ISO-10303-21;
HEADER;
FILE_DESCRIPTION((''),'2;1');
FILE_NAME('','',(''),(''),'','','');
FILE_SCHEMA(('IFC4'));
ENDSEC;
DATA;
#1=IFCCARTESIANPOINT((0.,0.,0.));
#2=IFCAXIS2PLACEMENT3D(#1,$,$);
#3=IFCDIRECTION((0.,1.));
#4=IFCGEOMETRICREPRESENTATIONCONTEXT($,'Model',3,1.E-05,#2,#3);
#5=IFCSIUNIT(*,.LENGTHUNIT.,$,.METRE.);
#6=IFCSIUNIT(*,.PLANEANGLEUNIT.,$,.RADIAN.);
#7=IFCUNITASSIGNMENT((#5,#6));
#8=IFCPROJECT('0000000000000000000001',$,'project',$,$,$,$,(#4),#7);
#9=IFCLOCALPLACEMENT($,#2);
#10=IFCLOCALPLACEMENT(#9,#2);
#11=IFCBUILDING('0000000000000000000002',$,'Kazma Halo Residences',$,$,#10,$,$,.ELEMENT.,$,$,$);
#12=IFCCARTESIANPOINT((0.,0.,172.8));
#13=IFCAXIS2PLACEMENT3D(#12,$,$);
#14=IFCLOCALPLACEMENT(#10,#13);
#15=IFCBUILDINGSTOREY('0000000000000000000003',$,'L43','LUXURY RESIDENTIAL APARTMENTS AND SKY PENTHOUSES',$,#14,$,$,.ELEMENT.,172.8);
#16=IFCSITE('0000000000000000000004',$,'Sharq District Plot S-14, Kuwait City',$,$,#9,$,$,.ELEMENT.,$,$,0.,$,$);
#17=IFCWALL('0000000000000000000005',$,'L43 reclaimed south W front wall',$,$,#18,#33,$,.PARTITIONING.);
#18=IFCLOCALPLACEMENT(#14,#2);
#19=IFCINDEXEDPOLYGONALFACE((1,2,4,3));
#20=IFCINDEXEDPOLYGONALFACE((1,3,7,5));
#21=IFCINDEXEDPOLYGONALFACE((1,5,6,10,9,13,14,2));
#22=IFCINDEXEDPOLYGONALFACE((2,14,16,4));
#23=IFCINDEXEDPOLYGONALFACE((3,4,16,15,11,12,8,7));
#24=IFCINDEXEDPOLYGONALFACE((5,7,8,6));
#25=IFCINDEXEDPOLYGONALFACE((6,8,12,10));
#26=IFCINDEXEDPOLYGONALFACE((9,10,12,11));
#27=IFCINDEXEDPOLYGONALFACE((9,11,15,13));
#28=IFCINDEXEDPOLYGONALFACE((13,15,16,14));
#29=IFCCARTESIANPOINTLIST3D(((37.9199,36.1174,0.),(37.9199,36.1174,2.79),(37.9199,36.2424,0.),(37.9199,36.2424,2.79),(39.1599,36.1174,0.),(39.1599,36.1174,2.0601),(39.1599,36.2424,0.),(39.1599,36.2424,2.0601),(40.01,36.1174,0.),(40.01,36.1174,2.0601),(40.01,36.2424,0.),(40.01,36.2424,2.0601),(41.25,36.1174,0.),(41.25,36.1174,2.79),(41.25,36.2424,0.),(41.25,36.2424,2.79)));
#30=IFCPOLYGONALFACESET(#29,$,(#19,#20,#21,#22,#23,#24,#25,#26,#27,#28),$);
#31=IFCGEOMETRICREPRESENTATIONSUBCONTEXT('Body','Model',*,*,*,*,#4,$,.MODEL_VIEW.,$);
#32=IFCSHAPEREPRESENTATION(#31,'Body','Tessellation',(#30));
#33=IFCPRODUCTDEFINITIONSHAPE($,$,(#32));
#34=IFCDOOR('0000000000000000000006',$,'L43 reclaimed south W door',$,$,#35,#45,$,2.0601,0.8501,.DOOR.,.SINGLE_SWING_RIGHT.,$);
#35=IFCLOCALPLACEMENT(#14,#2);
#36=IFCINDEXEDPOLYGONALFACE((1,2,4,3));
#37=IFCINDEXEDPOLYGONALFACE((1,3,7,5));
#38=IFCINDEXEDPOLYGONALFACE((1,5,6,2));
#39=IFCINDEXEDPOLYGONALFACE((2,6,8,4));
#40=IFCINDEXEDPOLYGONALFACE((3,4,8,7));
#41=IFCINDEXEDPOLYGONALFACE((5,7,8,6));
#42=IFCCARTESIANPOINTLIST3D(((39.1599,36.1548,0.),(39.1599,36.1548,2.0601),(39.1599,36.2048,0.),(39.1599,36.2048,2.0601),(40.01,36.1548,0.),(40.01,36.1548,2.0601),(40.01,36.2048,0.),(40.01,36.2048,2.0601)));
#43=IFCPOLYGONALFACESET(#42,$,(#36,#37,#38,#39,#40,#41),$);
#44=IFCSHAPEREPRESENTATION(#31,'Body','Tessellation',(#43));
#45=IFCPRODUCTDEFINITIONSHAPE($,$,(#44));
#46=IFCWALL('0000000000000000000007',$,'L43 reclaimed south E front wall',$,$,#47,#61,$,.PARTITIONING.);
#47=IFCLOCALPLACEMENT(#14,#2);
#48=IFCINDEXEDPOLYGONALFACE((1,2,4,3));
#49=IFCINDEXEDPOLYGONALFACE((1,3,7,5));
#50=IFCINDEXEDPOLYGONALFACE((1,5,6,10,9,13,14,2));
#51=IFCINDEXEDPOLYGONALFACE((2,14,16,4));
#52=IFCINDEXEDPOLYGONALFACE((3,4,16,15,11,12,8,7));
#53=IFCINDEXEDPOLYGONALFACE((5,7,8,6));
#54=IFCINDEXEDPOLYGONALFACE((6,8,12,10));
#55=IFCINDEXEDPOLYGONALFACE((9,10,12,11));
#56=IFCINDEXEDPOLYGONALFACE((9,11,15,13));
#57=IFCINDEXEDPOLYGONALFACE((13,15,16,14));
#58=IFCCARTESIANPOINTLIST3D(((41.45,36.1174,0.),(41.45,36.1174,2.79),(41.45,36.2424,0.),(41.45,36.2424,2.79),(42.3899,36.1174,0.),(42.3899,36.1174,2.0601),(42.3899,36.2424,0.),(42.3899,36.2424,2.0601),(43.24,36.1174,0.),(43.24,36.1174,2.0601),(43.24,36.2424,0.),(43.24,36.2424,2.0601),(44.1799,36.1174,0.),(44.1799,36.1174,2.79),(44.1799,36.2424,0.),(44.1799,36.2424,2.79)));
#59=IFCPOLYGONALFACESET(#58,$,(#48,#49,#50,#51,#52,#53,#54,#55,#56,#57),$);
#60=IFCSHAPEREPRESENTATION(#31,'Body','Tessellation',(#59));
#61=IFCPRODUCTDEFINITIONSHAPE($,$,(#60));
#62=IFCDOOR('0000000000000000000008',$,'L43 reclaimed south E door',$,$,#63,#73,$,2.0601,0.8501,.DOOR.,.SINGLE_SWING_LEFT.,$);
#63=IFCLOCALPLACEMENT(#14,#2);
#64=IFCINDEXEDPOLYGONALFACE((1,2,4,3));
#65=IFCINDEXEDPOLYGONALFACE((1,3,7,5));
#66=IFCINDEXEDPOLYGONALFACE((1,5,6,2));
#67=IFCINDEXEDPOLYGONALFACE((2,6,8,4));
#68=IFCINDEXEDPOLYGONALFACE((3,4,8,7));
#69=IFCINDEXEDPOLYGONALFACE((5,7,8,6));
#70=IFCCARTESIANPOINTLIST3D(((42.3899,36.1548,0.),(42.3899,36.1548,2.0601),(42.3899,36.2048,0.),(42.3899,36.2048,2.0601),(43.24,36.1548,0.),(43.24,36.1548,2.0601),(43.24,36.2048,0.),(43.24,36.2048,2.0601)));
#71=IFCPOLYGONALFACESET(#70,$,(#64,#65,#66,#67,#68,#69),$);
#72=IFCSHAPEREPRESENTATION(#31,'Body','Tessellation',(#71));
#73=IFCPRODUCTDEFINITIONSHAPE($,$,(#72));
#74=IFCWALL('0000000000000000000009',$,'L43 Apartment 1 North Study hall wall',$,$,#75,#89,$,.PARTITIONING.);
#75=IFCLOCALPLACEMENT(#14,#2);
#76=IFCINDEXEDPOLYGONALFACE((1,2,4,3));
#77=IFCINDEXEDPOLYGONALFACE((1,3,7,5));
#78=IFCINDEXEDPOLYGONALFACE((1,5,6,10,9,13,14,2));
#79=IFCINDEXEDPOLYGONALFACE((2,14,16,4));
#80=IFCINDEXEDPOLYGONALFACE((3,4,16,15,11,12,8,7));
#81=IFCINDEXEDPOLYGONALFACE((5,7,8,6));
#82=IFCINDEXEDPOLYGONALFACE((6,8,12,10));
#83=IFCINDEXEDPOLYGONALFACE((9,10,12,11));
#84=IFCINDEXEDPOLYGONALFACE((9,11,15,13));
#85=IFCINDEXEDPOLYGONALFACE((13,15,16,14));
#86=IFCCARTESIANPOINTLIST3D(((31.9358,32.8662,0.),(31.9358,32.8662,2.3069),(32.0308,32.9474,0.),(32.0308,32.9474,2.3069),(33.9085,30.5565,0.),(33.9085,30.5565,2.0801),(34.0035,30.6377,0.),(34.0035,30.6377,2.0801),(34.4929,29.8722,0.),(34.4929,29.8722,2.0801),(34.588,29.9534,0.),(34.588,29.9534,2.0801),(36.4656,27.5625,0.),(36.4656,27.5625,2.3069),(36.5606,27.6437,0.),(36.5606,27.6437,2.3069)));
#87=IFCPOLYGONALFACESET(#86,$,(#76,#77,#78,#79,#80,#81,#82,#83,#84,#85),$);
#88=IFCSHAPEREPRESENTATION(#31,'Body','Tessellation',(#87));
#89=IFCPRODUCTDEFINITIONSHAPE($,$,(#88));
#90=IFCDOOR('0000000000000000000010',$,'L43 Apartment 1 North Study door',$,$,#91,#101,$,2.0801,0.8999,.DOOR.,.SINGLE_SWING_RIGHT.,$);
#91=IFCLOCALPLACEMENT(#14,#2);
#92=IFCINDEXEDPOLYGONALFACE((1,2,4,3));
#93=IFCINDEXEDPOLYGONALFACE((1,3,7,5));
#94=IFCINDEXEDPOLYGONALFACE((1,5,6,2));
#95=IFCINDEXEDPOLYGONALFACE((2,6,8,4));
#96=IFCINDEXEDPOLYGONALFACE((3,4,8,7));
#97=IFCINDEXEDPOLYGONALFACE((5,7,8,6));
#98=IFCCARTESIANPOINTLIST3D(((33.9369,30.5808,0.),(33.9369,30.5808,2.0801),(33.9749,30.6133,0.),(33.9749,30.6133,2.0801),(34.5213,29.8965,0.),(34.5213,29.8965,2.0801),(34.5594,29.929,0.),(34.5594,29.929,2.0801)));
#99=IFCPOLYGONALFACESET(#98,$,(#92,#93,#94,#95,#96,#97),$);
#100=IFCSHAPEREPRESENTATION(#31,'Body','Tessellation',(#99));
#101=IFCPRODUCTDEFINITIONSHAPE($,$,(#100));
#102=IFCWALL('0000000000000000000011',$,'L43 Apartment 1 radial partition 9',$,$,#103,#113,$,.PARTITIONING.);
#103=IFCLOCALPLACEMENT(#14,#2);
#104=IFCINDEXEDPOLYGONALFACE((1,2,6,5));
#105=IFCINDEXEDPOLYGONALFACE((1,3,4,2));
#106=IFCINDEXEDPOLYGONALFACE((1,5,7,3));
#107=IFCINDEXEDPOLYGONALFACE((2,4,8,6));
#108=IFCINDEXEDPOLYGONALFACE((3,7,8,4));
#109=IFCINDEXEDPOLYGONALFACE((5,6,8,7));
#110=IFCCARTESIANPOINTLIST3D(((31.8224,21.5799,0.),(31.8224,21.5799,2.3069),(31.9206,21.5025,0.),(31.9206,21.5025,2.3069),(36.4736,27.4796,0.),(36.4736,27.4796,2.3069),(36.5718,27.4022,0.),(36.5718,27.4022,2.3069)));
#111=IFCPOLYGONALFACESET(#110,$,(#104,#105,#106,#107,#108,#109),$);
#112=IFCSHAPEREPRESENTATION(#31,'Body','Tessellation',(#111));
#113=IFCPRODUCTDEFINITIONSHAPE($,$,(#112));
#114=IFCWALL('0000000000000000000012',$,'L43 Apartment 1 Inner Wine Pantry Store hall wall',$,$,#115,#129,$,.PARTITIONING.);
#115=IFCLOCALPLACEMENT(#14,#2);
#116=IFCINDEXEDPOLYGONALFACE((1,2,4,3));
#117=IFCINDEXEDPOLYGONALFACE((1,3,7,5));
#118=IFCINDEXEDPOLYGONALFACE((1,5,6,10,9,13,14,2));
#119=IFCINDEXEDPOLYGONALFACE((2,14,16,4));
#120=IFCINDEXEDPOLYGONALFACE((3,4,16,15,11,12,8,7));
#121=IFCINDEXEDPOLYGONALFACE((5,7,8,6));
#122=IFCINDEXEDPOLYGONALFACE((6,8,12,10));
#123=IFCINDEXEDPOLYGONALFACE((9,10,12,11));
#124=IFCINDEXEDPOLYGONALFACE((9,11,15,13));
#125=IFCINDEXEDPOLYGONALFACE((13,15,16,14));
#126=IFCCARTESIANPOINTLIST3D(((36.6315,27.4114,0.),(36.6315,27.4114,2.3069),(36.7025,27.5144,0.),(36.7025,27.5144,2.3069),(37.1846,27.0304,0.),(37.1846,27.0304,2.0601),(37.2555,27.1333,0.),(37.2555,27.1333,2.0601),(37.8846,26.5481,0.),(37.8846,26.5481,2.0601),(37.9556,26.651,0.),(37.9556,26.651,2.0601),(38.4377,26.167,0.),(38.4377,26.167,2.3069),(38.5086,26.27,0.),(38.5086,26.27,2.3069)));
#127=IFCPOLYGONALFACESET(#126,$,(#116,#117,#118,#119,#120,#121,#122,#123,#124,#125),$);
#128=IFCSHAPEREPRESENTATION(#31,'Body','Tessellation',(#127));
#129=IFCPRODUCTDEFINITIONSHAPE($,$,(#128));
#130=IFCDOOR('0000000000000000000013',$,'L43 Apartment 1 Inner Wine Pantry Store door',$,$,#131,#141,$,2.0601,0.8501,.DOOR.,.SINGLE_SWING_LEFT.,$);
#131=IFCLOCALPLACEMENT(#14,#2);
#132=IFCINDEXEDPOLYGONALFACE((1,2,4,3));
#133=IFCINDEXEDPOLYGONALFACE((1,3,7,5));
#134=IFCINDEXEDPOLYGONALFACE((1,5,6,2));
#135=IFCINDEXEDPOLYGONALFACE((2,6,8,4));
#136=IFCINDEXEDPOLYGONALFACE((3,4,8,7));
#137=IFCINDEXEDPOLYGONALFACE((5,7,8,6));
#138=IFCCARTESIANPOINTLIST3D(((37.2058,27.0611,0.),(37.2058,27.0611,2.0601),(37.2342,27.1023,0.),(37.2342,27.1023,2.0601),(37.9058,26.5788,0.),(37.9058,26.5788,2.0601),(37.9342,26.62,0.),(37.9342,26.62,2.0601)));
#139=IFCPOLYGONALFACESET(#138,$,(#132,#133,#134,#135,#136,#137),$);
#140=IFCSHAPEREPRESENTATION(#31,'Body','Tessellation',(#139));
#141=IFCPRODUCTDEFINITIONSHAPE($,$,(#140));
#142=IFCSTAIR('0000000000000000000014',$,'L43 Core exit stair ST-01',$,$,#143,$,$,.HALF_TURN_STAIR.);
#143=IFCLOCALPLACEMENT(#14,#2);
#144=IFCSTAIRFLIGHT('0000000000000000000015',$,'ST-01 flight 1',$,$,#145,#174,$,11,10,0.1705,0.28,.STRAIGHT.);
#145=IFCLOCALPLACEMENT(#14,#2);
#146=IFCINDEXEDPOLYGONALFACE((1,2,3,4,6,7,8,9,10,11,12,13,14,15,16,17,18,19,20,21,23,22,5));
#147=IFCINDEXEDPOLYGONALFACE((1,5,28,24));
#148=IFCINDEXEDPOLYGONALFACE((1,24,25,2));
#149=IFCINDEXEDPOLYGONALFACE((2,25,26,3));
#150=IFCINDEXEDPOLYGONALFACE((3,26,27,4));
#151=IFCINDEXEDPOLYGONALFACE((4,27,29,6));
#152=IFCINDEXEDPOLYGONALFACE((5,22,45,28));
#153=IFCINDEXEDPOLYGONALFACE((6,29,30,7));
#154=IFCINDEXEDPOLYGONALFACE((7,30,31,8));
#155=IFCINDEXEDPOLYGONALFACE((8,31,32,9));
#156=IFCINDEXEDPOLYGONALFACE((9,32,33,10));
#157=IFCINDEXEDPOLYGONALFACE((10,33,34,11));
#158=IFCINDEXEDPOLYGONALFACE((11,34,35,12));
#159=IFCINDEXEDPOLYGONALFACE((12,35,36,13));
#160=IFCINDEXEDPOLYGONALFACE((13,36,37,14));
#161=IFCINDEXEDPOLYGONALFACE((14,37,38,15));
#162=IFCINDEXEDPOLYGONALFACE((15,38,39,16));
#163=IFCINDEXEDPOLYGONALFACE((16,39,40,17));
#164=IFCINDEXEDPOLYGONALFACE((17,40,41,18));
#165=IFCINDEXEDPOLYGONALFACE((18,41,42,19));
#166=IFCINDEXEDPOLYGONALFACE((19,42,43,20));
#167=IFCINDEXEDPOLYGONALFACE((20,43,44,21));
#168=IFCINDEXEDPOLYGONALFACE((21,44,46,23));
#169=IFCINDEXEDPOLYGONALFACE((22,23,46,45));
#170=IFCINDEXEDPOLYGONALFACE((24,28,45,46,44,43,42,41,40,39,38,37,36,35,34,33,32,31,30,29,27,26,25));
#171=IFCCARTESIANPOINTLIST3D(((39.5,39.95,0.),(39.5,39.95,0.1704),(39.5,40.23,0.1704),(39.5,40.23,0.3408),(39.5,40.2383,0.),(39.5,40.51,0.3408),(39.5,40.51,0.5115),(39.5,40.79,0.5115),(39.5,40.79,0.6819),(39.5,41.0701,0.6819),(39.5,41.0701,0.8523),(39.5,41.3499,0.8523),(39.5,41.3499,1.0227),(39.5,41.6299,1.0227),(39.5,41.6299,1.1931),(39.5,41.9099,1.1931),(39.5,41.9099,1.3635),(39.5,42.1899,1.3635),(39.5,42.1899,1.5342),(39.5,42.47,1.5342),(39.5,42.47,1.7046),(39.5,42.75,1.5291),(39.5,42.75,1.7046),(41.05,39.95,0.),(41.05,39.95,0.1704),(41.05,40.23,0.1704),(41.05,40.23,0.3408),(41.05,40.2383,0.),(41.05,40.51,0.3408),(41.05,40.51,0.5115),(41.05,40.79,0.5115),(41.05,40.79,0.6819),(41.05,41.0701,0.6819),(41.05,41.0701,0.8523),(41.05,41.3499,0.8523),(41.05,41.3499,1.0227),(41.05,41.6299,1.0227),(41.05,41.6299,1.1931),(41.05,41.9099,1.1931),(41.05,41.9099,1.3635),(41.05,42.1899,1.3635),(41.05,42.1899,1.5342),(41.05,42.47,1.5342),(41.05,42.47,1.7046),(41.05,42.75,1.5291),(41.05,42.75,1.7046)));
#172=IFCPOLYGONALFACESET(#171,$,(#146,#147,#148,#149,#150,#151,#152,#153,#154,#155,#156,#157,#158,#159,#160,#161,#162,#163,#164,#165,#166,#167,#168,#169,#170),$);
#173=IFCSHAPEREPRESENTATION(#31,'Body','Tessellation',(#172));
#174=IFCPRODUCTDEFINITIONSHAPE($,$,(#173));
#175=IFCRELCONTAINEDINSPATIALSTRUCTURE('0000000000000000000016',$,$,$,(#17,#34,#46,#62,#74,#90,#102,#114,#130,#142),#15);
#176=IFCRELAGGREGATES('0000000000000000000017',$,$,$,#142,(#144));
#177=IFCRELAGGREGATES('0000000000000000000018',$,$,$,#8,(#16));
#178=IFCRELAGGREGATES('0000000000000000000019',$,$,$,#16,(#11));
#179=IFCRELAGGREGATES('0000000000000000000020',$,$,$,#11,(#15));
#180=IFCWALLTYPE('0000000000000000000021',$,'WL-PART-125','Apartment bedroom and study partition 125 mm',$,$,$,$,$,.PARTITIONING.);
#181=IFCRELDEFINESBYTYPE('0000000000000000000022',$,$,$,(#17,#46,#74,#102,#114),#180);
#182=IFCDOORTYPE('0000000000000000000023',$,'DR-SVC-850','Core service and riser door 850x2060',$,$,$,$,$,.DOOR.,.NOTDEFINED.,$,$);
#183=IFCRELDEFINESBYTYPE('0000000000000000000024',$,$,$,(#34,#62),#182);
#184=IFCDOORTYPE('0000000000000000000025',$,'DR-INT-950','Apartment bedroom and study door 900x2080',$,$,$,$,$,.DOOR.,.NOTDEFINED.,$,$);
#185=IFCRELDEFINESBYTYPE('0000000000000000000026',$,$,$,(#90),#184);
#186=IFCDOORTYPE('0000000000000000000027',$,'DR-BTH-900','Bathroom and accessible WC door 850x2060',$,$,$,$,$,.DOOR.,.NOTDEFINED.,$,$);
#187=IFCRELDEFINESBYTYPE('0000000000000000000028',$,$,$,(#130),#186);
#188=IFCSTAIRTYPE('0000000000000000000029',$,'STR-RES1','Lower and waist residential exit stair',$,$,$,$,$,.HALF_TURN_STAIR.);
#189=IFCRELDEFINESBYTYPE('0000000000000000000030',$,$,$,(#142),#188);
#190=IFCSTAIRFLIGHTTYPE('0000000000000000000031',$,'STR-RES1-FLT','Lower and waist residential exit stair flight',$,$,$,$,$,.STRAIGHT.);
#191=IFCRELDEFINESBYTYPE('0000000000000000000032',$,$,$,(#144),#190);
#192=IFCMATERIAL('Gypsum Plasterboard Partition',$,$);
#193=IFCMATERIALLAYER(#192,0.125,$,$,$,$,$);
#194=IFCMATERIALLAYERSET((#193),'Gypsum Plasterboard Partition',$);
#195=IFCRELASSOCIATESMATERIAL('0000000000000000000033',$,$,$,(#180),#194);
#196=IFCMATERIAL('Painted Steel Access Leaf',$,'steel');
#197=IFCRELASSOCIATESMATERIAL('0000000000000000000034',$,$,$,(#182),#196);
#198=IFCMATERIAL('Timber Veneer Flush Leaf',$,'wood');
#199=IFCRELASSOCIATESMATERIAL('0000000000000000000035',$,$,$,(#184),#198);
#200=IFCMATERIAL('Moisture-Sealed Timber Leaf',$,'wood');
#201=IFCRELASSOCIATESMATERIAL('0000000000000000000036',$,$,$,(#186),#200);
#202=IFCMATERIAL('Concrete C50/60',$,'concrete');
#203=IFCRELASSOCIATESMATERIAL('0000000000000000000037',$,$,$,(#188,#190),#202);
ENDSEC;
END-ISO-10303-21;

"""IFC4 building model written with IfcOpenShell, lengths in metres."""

from ifc_helpers import new_model, si_unit, direction, frame, frame_2d, origin, place, context, subcontext, project, spatial, polyline, rectangle, outline, extrude, material, layer, layer_set, type_object, element, fill, aggregate, save


model = new_model("IFC4")

# Units and contexts
model_context = context("Model", 3, precision=1e-05, world=origin(), true_north=direction((0.0, 1.0)))
body_context = subcontext(model_context, "Body", "Model", "MODEL_VIEW")
ifc_project = project(units=[si_unit("LENGTHUNIT", "METRE"), si_unit("PLANEANGLEUNIT", "RADIAN")], contexts=[model_context])

# Site, building, storey
site_placement = place(None, origin())
site = spatial("IfcSite", under=ifc_project, at=site_placement, Name="Sharq District Plot S-14, Kuwait City", CompositionType="ELEMENT", RefElevation=0.0)
building_placement = place(site_placement, origin())
building = spatial("IfcBuilding", under=site, at=building_placement, Name="Kazma Halo Residences", CompositionType="ELEMENT")
storey_placement = place(building_placement, frame((0.0, 0.0, 172.8)))
storey = spatial("IfcBuildingStorey", under=building, at=storey_placement, Name="L43", Description="LUXURY RESIDENTIAL APARTMENTS AND SKY PENTHOUSES", CompositionType="ELEMENT", Elevation=172.8)

# Shared definitions
ifc_material_1 = material(Name="Gypsum Plasterboard Partition")
ifc_layer_1 = layer(ifc_material_1, 0.125)
ifc_layer_set_1 = layer_set([ifc_layer_1], Name="Gypsum Plasterboard Partition")
wall_type_1 = type_object("IfcWallType", Name="WL-PART-125", Description="Apartment bedroom and study partition 125 mm", PredefinedType="PARTITIONING", material=ifc_layer_set_1)

# Walls, openings, doors
wall_1_placement = place(storey_placement, frame((37.9199, 36.1799, 0.0), z_axis=(0.0, 0.0, 1.0), x_axis=(1.0, 0.0, 0.0)))
wall_1 = element("IfcWall", 1, at=wall_1_placement, inside=storey, type_object=wall_type_1, Name="L43 reclaimed south W front wall", PredefinedType="PARTITIONING", context=body_context, shape_type="SweptSolid", body=[
    extrude(rectangle(XDim=3.3301, YDim=0.125, at=frame_2d((1.665, 0.0))), origin(), (0.0, 0.0, 1.0), 2.79),
])
opening_1_placement = place(wall_1_placement, frame((1.24, 0.0, 0.0)))
opening_1 = element("IfcOpeningElement", 2, at=opening_1_placement, cuts=wall_1, PredefinedType="OPENING", context=body_context, shape_type="SweptSolid", body=[
    extrude(rectangle(XDim=0.8501, YDim=2.0601, at=frame_2d((0.425, 1.03))), frame((0.0, 0.0725, 0.0), z_axis=(0.0, -1.0, 0.0), x_axis=(1.0, 0.0, 0.0)), (0.0, 0.0, 1.0), 0.145),
])
ifc_material_2 = material(Name="Painted Steel Access Leaf", Category="steel")
door_type_1 = type_object("IfcDoorType", Name="DR-SVC-850", Description="Core service and riser door 850x2060", OperationType="NOTDEFINED", PredefinedType="DOOR", material=ifc_material_2)
door_1_placement = place(opening_1_placement, origin())
door_1 = element("IfcDoor", 3, at=door_1_placement, inside=storey, type_object=door_type_1, Name="L43 reclaimed south W door", OperationType="SINGLE_SWING_RIGHT", OverallHeight=2.0601, OverallWidth=0.8501, PredefinedType="DOOR", context=body_context, shape_type="SweptSolid", body=[
    extrude(rectangle(XDim=0.8501, YDim=2.0601, at=frame_2d((0.425, 1.03))), frame((0.0, 0.0249, 0.0), z_axis=(0.0, -1.0, 0.0), x_axis=(1.0, 0.0, 0.0)), (0.0, 0.0, 1.0), 0.05),
])
fill(opening_1, door_1)
wall_2_placement = place(storey_placement, frame((41.45, 36.1799, 0.0), z_axis=(0.0, 0.0, 1.0), x_axis=(1.0, 0.0, 0.0)))
wall_2 = element("IfcWall", 4, at=wall_2_placement, inside=storey, type_object=wall_type_1, Name="L43 reclaimed south E front wall", PredefinedType="PARTITIONING", context=body_context, shape_type="SweptSolid", body=[
    extrude(rectangle(XDim=2.73, YDim=0.125, at=frame_2d((1.365, 0.0))), origin(), (0.0, 0.0, 1.0), 2.79),
])
opening_2_placement = place(wall_2_placement, frame((0.9399, 0.0, 0.0)))
opening_2 = element("IfcOpeningElement", 5, at=opening_2_placement, cuts=wall_2, PredefinedType="OPENING", context=body_context, shape_type="SweptSolid", body=[
    extrude(rectangle(XDim=0.8501, YDim=2.0601, at=frame_2d((0.425, 1.03))), frame((0.0, 0.0725, 0.0), z_axis=(0.0, -1.0, 0.0), x_axis=(1.0, 0.0, 0.0)), (0.0, 0.0, 1.0), 0.145),
])
door_2_placement = place(opening_2_placement, origin())
door_2 = element("IfcDoor", 6, at=door_2_placement, inside=storey, type_object=door_type_1, Name="L43 reclaimed south E door", OperationType="SINGLE_SWING_LEFT", OverallHeight=2.0601, OverallWidth=0.8501, PredefinedType="DOOR", context=body_context, shape_type="SweptSolid", body=[
    extrude(rectangle(XDim=0.8501, YDim=2.0601, at=frame_2d((0.425, 1.03))), frame((0.0, 0.0249, 0.0), z_axis=(0.0, -1.0, 0.0), x_axis=(1.0, 0.0, 0.0)), (0.0, 0.0, 1.0), 0.05),
])
fill(opening_2, door_2)
wall_3_placement = place(storey_placement, frame((31.9834, 32.9067, 0.0), z_axis=(0.0, 0.0, 1.0), x_axis=(0.649447, -0.760407, 0.0)))
wall_3 = element("IfcWall", 7, at=wall_3_placement, inside=storey, type_object=wall_type_1, Name="L43 Apartment 1 North Study hall wall", PredefinedType="PARTITIONING", context=body_context, shape_type="SweptSolid", body=[
    extrude(rectangle(XDim=6.9749, YDim=0.125, at=frame_2d((3.4873, 0.0))), origin(), (0.0, 0.0, 1.0), 2.3069),
])
opening_3_placement = place(wall_3_placement, frame((3.0374, 0.0, 0.0)))
opening_3 = element("IfcOpeningElement", 8, at=opening_3_placement, cuts=wall_3, PredefinedType="OPENING", context=body_context, shape_type="SweptSolid", body=[
    extrude(rectangle(XDim=0.8999, YDim=2.0801, at=frame_2d((0.45, 1.04))), frame((0.0, 0.0725, 0.0), z_axis=(0.0, -1.0, 0.0), x_axis=(1.0, 0.0, 0.0)), (0.0, 0.0, 1.0), 0.145),
])
ifc_material_3 = material(Name="Timber Veneer Flush Leaf", Category="wood")
door_type_2 = type_object("IfcDoorType", Name="DR-INT-950", Description="Apartment bedroom and study door 900x2080", OperationType="NOTDEFINED", PredefinedType="DOOR", material=ifc_material_3)
door_3_placement = place(opening_3_placement, origin())
door_3 = element("IfcDoor", 9, at=door_3_placement, inside=storey, type_object=door_type_2, Name="L43 Apartment 1 North Study door", OperationType="SINGLE_SWING_RIGHT", OverallHeight=2.0801, OverallWidth=0.8999, PredefinedType="DOOR", context=body_context, shape_type="SweptSolid", body=[
    extrude(rectangle(XDim=0.8999, YDim=2.0801, at=frame_2d((0.45, 1.04))), frame((0.0, 0.0249, 0.0), z_axis=(0.0, -1.0, 0.0), x_axis=(1.0, 0.0, 0.0)), (0.0, 0.0, 1.0), 0.05),
])
fill(opening_3, door_3)

# Wall
wall_4_placement = place(storey_placement, frame((36.5227, 27.4409, 0.0), z_axis=(0.0, 0.0, 1.0), x_axis=(-0.619111, -0.785303, 0.0)))
element("IfcWall", 10, at=wall_4_placement, inside=storey, type_object=wall_type_1, Name="L43 Apartment 1 radial partition 9", PredefinedType="PARTITIONING", context=body_context, shape_type="SweptSolid", body=[
    extrude(rectangle(XDim=7.5127, YDim=0.125, at=frame_2d((3.7563, 0.0))), origin(), (0.0, 0.0, 1.0), 2.3069),
])

# Wall, opening, door
wall_5_placement = place(storey_placement, frame((36.667, 27.4629, 0.0), z_axis=(0.0, 0.0, 1.0), x_axis=(0.823476, -0.567351, 0.0)))
wall_5 = element("IfcWall", 11, at=wall_5_placement, inside=storey, type_object=wall_type_1, Name="L43 Apartment 1 Inner Wine Pantry Store hall wall", PredefinedType="PARTITIONING", context=body_context, shape_type="SweptSolid", body=[
    extrude(rectangle(XDim=2.1934, YDim=0.125, at=frame_2d((1.0967, 0.0))), origin(), (0.0, 0.0, 1.0), 2.3069),
])
opening_4_placement = place(wall_5_placement, frame((0.6716, 0.0, 0.0)))
opening_4 = element("IfcOpeningElement", 12, at=opening_4_placement, cuts=wall_5, PredefinedType="OPENING", context=body_context, shape_type="SweptSolid", body=[
    extrude(rectangle(XDim=0.8501, YDim=2.0601, at=frame_2d((0.425, 1.03))), frame((0.0, 0.0725, 0.0), z_axis=(0.0, -1.0, 0.0), x_axis=(1.0, 0.0, 0.0)), (0.0, 0.0, 1.0), 0.145),
])
ifc_material_4 = material(Name="Moisture-Sealed Timber Leaf", Category="wood")
door_type_3 = type_object("IfcDoorType", Name="DR-BTH-900", Description="Bathroom and accessible WC door 850x2060", OperationType="NOTDEFINED", PredefinedType="DOOR", material=ifc_material_4)
door_4_placement = place(opening_4_placement, origin())
door_4 = element("IfcDoor", 13, at=door_4_placement, inside=storey, type_object=door_type_3, Name="L43 Apartment 1 Inner Wine Pantry Store door", OperationType="SINGLE_SWING_LEFT", OverallHeight=2.0601, OverallWidth=0.8501, PredefinedType="DOOR", context=body_context, shape_type="SweptSolid", body=[
    extrude(rectangle(XDim=0.8501, YDim=2.0601, at=frame_2d((0.425, 1.03))), frame((0.0, 0.0249, 0.0), z_axis=(0.0, -1.0, 0.0), x_axis=(1.0, 0.0, 0.0)), (0.0, 0.0, 1.0), 0.05),
])
fill(opening_4, door_4)
ifc_material_5 = material(Name="Concrete C50/60", Category="concrete")

# Stair, stair flight
stair_type = type_object("IfcStairType", Name="STR-RES1", Description="Lower and waist residential exit stair", PredefinedType="HALF_TURN_STAIR", material=ifc_material_5)
stair_placement = place(storey_placement, origin())
stair = element("IfcStair", 14, at=stair_placement, inside=storey, type_object=stair_type, Name="L43 Core exit stair ST-01", PredefinedType="HALF_TURN_STAIR")
stair_flight_type = type_object("IfcStairFlightType", Name="STR-RES1-FLT", Description="Lower and waist residential exit stair flight", PredefinedType="STRAIGHT", material=ifc_material_5)
stair_flight_placement = place(storey_placement, frame((40.2749, 39.95, 0.0), z_axis=(0.0, 0.0, 1.0), x_axis=(0.0, 1.0, 0.0)))
stair_flight = element("IfcStairFlight", 15, at=stair_flight_placement, type_object=stair_flight_type, Name="ST-01 flight 1", NumberOfRisers=11, NumberOfTreads=10, PredefinedType="STRAIGHT", RiserHeight=0.1705, TreadLength=0.28, context=body_context, shape_type="SweptSolid", body=[
    extrude(outline(polyline([(0.0, 0.0), (0.0, 0.1704), (0.28, 0.1704), (0.28, 0.3408), (0.5601, 0.3408), (0.5601, 0.5115), (0.8401, 0.5115), (0.8401, 0.6819), (1.1201, 0.6819), (1.1201, 0.8523), (1.3999, 0.8523), (1.3999, 1.0227), (1.6799, 1.0227), (1.6799, 1.1931), (1.96, 1.1931), (1.96, 1.3635), (2.24, 1.3635), (2.24, 1.5342), (2.52, 1.5342), (2.52, 1.7046), (2.8, 1.7046), (2.8, 1.875), (2.8, 1.5291), (0.2883, 0.0), (0.0, 0.0)])), frame((0.0, 0.7749, 0.0), z_axis=(0.0, -1.0, 0.0), x_axis=(1.0, 0.0, 0.0)), (0.0, 0.0, 1.0), 1.55),
])
aggregate(stair, [stair_flight])

save(model, "model.ifc")
